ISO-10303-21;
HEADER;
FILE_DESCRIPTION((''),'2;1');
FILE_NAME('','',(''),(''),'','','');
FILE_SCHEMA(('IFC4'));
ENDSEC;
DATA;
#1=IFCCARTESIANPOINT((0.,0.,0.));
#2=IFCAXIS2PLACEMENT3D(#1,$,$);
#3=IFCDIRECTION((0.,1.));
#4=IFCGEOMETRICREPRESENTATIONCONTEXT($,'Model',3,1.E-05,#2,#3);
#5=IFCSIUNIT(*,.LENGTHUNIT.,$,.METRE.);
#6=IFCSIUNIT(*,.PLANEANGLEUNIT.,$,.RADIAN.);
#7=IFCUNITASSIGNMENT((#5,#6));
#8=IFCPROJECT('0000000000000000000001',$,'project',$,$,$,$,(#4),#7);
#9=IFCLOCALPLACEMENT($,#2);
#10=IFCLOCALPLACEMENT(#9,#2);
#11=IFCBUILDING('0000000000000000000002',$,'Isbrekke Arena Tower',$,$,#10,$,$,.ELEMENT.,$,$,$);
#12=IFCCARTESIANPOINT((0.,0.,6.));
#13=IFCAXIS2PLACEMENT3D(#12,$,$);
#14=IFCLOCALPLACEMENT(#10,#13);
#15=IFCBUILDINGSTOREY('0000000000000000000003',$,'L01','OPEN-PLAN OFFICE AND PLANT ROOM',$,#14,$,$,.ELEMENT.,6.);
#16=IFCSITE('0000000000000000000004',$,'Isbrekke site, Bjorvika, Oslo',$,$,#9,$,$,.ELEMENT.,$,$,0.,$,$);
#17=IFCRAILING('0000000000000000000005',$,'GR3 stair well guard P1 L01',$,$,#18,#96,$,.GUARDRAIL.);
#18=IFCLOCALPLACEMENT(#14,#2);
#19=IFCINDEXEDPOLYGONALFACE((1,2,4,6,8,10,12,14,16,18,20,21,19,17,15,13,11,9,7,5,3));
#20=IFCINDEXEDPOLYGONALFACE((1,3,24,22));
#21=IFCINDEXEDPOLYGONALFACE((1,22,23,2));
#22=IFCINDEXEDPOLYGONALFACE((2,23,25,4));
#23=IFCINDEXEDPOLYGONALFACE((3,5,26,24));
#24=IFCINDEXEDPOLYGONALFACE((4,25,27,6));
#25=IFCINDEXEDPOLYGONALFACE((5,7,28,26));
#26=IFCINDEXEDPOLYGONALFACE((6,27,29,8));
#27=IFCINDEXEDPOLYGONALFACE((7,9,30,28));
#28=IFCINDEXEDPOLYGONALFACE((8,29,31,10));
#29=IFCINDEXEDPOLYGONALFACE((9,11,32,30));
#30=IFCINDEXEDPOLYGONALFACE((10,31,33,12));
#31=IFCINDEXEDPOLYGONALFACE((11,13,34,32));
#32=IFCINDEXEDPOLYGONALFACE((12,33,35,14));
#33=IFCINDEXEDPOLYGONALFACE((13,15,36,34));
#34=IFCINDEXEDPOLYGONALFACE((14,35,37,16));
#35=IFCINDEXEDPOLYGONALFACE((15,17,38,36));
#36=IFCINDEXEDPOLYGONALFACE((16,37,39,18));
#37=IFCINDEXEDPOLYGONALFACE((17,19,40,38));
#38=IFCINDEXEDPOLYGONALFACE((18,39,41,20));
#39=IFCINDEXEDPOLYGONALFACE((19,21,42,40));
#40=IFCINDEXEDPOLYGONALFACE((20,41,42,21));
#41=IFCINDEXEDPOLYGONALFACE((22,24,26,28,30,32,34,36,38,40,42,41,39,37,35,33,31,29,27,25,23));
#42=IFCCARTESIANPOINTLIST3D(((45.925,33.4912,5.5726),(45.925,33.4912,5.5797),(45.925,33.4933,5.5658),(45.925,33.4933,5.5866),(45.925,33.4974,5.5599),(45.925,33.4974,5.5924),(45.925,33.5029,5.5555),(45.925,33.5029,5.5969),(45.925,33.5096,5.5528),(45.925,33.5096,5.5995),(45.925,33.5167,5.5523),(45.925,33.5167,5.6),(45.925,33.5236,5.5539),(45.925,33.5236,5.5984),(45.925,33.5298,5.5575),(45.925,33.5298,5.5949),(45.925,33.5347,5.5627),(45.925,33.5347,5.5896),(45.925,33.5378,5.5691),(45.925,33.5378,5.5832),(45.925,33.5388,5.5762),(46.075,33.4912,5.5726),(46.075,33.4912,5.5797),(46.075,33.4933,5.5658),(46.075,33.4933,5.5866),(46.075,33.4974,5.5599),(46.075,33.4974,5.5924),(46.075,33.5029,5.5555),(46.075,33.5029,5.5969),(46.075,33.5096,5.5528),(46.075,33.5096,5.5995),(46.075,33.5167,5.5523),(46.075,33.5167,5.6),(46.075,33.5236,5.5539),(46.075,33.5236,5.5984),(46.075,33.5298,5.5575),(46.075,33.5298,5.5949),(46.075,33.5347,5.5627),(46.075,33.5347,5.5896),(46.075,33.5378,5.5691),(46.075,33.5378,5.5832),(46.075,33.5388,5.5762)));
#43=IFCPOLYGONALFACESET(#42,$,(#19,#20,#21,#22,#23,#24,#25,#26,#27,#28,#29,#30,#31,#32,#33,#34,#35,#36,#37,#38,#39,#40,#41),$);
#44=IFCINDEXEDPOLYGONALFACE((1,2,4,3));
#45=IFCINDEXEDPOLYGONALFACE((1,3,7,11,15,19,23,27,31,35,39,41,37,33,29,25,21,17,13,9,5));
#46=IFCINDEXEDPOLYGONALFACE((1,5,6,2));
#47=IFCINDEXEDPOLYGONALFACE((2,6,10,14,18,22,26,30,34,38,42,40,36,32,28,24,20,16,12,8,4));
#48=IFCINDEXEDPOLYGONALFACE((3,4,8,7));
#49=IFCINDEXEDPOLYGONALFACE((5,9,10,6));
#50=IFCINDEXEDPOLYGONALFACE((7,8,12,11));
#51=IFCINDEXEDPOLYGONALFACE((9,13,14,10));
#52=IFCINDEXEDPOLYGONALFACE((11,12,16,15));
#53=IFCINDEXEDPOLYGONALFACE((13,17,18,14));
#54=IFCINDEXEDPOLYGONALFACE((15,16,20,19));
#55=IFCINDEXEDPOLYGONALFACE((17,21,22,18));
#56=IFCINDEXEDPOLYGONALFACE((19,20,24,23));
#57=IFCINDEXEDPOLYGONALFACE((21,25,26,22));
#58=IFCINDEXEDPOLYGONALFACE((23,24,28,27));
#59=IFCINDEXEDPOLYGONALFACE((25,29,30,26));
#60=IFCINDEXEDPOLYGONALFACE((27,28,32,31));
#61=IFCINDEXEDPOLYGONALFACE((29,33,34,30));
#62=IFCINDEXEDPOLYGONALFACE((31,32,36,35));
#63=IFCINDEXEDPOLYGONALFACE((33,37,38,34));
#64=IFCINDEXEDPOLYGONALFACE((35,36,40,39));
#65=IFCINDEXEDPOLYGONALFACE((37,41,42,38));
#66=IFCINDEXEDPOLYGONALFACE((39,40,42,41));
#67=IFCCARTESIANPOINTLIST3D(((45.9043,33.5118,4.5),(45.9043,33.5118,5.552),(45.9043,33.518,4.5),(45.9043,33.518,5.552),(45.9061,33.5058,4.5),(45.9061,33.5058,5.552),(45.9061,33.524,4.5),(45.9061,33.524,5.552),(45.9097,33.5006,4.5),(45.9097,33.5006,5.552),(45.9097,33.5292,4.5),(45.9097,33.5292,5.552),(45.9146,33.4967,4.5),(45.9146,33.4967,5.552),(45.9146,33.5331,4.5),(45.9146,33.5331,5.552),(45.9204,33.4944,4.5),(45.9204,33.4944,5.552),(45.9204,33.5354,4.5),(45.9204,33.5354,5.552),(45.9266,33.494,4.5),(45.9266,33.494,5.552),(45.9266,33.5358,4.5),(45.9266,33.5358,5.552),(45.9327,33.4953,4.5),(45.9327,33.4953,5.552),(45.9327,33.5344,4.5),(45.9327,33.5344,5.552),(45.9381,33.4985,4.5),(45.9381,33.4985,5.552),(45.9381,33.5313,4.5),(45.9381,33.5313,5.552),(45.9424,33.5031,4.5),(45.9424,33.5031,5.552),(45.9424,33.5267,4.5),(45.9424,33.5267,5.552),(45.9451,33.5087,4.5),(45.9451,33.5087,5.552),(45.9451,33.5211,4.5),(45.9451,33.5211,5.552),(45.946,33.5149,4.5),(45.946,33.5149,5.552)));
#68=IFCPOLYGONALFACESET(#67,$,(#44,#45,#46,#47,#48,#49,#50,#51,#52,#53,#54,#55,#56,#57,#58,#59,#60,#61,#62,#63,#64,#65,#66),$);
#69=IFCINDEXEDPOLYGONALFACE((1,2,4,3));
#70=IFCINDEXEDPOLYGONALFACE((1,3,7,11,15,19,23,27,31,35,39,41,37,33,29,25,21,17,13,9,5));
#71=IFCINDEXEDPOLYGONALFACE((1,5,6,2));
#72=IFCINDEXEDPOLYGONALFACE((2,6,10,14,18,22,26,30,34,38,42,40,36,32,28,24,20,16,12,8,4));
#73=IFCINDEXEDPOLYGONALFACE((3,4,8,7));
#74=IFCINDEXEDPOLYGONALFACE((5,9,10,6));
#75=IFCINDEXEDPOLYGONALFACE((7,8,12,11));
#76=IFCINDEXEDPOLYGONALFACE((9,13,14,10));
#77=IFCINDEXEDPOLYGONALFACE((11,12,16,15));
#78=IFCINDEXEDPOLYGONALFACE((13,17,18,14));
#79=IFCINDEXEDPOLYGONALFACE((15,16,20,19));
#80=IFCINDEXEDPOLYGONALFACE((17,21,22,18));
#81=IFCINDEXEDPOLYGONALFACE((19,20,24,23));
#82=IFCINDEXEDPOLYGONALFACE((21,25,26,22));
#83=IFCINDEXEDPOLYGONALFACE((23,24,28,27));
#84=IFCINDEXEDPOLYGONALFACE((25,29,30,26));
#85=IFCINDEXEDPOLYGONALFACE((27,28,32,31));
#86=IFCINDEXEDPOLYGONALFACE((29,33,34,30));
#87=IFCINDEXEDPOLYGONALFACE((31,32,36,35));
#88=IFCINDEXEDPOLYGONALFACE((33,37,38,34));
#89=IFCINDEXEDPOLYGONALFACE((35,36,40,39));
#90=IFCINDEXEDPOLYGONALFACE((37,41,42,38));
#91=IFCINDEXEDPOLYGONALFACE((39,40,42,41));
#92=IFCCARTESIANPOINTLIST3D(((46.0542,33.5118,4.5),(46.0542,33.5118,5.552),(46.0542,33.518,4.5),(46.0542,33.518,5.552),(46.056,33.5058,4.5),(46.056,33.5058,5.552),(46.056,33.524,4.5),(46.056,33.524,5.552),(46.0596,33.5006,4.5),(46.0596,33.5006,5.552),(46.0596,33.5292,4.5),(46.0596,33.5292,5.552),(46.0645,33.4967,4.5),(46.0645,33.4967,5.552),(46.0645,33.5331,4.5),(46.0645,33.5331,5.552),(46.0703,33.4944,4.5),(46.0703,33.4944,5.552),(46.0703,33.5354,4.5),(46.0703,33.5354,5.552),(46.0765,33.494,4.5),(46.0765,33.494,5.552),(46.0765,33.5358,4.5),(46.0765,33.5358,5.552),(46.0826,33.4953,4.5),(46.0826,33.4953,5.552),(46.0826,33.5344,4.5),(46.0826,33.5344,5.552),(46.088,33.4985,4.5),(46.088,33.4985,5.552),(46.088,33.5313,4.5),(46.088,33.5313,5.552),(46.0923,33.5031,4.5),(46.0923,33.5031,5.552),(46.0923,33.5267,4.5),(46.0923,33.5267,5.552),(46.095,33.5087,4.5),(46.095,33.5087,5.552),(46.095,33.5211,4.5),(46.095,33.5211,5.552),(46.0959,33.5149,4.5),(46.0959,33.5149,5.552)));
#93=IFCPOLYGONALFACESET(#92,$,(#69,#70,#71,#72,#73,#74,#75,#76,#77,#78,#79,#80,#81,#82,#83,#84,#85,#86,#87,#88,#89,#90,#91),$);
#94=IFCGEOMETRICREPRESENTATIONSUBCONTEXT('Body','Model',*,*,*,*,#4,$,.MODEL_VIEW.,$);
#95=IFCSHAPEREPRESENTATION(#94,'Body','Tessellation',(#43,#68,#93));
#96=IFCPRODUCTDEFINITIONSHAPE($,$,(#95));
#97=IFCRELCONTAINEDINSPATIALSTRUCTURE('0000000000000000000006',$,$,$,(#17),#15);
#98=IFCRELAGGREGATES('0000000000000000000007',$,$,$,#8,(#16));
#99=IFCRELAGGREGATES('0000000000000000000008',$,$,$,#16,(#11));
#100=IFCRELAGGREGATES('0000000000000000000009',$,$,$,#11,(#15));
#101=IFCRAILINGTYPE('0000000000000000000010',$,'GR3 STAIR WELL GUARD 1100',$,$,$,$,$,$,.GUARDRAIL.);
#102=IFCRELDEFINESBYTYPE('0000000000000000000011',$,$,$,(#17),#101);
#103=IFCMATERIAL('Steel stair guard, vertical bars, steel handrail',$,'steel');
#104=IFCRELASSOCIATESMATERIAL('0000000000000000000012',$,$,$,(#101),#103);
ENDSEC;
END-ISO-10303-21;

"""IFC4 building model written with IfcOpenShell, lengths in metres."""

from ifc_helpers import new_model, si_unit, direction, frame, origin, origin_2d, place, context, subcontext, project, spatial, circle, extrude, material, type_object, element, save


model = new_model("IFC4")

# Units and contexts
model_context = context("Model", 3, precision=1e-05, world=origin(), true_north=direction((0.0, 1.0)))
body_context = subcontext(model_context, "Body", "Model", "MODEL_VIEW")
ifc_project = project(units=[si_unit("LENGTHUNIT", "METRE"), si_unit("PLANEANGLEUNIT", "RADIAN")], contexts=[model_context])

# Site, building, storey
site_placement = place(None, origin())
site = spatial("IfcSite", under=ifc_project, at=site_placement, Name="Isbrekke site, Bjorvika, Oslo", CompositionType="ELEMENT", RefElevation=0.0)
building_placement = place(site_placement, origin())
building = spatial("IfcBuilding", under=site, at=building_placement, Name="Isbrekke Arena Tower", CompositionType="ELEMENT")
storey_placement = place(building_placement, frame((0.0, 0.0, 6.0)))
storey = spatial("IfcBuildingStorey", under=building, at=storey_placement, Name="L01", Description="OPEN-PLAN OFFICE AND PLANT ROOM", CompositionType="ELEMENT", Elevation=6.0)

# Railing
ifc_material_1 = material(Name="Steel stair guard, vertical bars, steel handrail", Category="steel")
railing_type = type_object("IfcRailingType", Name="GR3 STAIR WELL GUARD 1100", PredefinedType="GUARDRAIL", material=ifc_material_1)
for number, where, name in (
    (1, (45.925, 33.5149, 4.5), "GR3 stair well guard P1 L01"),
):
    element("IfcRailing", number, at=place(storey_placement, frame(where)), inside=storey, type_object=railing_type, Name=name, PredefinedType="GUARDRAIL", context=body_context, shape_type="SweptSolid", body=[
        extrude(circle(Radius=0.0239, at=origin_2d()), frame((0.0, 0.0, 1.0762), z_axis=(1.0, 0.0, 0.0), x_axis=(0.0, 1.0, 0.0)), (0.0, 0.0, 1.0), 0.1499),
        extrude(circle(Radius=0.021, at=origin_2d()), origin(), (0.0, 0.0, 1.0), 1.052),
        extrude(circle(Radius=0.021, at=origin_2d()), frame((0.1499, 0.0, 0.0)), (0.0, 0.0, 1.0), 1.052),
    ])

save(model, "model.ifc")
